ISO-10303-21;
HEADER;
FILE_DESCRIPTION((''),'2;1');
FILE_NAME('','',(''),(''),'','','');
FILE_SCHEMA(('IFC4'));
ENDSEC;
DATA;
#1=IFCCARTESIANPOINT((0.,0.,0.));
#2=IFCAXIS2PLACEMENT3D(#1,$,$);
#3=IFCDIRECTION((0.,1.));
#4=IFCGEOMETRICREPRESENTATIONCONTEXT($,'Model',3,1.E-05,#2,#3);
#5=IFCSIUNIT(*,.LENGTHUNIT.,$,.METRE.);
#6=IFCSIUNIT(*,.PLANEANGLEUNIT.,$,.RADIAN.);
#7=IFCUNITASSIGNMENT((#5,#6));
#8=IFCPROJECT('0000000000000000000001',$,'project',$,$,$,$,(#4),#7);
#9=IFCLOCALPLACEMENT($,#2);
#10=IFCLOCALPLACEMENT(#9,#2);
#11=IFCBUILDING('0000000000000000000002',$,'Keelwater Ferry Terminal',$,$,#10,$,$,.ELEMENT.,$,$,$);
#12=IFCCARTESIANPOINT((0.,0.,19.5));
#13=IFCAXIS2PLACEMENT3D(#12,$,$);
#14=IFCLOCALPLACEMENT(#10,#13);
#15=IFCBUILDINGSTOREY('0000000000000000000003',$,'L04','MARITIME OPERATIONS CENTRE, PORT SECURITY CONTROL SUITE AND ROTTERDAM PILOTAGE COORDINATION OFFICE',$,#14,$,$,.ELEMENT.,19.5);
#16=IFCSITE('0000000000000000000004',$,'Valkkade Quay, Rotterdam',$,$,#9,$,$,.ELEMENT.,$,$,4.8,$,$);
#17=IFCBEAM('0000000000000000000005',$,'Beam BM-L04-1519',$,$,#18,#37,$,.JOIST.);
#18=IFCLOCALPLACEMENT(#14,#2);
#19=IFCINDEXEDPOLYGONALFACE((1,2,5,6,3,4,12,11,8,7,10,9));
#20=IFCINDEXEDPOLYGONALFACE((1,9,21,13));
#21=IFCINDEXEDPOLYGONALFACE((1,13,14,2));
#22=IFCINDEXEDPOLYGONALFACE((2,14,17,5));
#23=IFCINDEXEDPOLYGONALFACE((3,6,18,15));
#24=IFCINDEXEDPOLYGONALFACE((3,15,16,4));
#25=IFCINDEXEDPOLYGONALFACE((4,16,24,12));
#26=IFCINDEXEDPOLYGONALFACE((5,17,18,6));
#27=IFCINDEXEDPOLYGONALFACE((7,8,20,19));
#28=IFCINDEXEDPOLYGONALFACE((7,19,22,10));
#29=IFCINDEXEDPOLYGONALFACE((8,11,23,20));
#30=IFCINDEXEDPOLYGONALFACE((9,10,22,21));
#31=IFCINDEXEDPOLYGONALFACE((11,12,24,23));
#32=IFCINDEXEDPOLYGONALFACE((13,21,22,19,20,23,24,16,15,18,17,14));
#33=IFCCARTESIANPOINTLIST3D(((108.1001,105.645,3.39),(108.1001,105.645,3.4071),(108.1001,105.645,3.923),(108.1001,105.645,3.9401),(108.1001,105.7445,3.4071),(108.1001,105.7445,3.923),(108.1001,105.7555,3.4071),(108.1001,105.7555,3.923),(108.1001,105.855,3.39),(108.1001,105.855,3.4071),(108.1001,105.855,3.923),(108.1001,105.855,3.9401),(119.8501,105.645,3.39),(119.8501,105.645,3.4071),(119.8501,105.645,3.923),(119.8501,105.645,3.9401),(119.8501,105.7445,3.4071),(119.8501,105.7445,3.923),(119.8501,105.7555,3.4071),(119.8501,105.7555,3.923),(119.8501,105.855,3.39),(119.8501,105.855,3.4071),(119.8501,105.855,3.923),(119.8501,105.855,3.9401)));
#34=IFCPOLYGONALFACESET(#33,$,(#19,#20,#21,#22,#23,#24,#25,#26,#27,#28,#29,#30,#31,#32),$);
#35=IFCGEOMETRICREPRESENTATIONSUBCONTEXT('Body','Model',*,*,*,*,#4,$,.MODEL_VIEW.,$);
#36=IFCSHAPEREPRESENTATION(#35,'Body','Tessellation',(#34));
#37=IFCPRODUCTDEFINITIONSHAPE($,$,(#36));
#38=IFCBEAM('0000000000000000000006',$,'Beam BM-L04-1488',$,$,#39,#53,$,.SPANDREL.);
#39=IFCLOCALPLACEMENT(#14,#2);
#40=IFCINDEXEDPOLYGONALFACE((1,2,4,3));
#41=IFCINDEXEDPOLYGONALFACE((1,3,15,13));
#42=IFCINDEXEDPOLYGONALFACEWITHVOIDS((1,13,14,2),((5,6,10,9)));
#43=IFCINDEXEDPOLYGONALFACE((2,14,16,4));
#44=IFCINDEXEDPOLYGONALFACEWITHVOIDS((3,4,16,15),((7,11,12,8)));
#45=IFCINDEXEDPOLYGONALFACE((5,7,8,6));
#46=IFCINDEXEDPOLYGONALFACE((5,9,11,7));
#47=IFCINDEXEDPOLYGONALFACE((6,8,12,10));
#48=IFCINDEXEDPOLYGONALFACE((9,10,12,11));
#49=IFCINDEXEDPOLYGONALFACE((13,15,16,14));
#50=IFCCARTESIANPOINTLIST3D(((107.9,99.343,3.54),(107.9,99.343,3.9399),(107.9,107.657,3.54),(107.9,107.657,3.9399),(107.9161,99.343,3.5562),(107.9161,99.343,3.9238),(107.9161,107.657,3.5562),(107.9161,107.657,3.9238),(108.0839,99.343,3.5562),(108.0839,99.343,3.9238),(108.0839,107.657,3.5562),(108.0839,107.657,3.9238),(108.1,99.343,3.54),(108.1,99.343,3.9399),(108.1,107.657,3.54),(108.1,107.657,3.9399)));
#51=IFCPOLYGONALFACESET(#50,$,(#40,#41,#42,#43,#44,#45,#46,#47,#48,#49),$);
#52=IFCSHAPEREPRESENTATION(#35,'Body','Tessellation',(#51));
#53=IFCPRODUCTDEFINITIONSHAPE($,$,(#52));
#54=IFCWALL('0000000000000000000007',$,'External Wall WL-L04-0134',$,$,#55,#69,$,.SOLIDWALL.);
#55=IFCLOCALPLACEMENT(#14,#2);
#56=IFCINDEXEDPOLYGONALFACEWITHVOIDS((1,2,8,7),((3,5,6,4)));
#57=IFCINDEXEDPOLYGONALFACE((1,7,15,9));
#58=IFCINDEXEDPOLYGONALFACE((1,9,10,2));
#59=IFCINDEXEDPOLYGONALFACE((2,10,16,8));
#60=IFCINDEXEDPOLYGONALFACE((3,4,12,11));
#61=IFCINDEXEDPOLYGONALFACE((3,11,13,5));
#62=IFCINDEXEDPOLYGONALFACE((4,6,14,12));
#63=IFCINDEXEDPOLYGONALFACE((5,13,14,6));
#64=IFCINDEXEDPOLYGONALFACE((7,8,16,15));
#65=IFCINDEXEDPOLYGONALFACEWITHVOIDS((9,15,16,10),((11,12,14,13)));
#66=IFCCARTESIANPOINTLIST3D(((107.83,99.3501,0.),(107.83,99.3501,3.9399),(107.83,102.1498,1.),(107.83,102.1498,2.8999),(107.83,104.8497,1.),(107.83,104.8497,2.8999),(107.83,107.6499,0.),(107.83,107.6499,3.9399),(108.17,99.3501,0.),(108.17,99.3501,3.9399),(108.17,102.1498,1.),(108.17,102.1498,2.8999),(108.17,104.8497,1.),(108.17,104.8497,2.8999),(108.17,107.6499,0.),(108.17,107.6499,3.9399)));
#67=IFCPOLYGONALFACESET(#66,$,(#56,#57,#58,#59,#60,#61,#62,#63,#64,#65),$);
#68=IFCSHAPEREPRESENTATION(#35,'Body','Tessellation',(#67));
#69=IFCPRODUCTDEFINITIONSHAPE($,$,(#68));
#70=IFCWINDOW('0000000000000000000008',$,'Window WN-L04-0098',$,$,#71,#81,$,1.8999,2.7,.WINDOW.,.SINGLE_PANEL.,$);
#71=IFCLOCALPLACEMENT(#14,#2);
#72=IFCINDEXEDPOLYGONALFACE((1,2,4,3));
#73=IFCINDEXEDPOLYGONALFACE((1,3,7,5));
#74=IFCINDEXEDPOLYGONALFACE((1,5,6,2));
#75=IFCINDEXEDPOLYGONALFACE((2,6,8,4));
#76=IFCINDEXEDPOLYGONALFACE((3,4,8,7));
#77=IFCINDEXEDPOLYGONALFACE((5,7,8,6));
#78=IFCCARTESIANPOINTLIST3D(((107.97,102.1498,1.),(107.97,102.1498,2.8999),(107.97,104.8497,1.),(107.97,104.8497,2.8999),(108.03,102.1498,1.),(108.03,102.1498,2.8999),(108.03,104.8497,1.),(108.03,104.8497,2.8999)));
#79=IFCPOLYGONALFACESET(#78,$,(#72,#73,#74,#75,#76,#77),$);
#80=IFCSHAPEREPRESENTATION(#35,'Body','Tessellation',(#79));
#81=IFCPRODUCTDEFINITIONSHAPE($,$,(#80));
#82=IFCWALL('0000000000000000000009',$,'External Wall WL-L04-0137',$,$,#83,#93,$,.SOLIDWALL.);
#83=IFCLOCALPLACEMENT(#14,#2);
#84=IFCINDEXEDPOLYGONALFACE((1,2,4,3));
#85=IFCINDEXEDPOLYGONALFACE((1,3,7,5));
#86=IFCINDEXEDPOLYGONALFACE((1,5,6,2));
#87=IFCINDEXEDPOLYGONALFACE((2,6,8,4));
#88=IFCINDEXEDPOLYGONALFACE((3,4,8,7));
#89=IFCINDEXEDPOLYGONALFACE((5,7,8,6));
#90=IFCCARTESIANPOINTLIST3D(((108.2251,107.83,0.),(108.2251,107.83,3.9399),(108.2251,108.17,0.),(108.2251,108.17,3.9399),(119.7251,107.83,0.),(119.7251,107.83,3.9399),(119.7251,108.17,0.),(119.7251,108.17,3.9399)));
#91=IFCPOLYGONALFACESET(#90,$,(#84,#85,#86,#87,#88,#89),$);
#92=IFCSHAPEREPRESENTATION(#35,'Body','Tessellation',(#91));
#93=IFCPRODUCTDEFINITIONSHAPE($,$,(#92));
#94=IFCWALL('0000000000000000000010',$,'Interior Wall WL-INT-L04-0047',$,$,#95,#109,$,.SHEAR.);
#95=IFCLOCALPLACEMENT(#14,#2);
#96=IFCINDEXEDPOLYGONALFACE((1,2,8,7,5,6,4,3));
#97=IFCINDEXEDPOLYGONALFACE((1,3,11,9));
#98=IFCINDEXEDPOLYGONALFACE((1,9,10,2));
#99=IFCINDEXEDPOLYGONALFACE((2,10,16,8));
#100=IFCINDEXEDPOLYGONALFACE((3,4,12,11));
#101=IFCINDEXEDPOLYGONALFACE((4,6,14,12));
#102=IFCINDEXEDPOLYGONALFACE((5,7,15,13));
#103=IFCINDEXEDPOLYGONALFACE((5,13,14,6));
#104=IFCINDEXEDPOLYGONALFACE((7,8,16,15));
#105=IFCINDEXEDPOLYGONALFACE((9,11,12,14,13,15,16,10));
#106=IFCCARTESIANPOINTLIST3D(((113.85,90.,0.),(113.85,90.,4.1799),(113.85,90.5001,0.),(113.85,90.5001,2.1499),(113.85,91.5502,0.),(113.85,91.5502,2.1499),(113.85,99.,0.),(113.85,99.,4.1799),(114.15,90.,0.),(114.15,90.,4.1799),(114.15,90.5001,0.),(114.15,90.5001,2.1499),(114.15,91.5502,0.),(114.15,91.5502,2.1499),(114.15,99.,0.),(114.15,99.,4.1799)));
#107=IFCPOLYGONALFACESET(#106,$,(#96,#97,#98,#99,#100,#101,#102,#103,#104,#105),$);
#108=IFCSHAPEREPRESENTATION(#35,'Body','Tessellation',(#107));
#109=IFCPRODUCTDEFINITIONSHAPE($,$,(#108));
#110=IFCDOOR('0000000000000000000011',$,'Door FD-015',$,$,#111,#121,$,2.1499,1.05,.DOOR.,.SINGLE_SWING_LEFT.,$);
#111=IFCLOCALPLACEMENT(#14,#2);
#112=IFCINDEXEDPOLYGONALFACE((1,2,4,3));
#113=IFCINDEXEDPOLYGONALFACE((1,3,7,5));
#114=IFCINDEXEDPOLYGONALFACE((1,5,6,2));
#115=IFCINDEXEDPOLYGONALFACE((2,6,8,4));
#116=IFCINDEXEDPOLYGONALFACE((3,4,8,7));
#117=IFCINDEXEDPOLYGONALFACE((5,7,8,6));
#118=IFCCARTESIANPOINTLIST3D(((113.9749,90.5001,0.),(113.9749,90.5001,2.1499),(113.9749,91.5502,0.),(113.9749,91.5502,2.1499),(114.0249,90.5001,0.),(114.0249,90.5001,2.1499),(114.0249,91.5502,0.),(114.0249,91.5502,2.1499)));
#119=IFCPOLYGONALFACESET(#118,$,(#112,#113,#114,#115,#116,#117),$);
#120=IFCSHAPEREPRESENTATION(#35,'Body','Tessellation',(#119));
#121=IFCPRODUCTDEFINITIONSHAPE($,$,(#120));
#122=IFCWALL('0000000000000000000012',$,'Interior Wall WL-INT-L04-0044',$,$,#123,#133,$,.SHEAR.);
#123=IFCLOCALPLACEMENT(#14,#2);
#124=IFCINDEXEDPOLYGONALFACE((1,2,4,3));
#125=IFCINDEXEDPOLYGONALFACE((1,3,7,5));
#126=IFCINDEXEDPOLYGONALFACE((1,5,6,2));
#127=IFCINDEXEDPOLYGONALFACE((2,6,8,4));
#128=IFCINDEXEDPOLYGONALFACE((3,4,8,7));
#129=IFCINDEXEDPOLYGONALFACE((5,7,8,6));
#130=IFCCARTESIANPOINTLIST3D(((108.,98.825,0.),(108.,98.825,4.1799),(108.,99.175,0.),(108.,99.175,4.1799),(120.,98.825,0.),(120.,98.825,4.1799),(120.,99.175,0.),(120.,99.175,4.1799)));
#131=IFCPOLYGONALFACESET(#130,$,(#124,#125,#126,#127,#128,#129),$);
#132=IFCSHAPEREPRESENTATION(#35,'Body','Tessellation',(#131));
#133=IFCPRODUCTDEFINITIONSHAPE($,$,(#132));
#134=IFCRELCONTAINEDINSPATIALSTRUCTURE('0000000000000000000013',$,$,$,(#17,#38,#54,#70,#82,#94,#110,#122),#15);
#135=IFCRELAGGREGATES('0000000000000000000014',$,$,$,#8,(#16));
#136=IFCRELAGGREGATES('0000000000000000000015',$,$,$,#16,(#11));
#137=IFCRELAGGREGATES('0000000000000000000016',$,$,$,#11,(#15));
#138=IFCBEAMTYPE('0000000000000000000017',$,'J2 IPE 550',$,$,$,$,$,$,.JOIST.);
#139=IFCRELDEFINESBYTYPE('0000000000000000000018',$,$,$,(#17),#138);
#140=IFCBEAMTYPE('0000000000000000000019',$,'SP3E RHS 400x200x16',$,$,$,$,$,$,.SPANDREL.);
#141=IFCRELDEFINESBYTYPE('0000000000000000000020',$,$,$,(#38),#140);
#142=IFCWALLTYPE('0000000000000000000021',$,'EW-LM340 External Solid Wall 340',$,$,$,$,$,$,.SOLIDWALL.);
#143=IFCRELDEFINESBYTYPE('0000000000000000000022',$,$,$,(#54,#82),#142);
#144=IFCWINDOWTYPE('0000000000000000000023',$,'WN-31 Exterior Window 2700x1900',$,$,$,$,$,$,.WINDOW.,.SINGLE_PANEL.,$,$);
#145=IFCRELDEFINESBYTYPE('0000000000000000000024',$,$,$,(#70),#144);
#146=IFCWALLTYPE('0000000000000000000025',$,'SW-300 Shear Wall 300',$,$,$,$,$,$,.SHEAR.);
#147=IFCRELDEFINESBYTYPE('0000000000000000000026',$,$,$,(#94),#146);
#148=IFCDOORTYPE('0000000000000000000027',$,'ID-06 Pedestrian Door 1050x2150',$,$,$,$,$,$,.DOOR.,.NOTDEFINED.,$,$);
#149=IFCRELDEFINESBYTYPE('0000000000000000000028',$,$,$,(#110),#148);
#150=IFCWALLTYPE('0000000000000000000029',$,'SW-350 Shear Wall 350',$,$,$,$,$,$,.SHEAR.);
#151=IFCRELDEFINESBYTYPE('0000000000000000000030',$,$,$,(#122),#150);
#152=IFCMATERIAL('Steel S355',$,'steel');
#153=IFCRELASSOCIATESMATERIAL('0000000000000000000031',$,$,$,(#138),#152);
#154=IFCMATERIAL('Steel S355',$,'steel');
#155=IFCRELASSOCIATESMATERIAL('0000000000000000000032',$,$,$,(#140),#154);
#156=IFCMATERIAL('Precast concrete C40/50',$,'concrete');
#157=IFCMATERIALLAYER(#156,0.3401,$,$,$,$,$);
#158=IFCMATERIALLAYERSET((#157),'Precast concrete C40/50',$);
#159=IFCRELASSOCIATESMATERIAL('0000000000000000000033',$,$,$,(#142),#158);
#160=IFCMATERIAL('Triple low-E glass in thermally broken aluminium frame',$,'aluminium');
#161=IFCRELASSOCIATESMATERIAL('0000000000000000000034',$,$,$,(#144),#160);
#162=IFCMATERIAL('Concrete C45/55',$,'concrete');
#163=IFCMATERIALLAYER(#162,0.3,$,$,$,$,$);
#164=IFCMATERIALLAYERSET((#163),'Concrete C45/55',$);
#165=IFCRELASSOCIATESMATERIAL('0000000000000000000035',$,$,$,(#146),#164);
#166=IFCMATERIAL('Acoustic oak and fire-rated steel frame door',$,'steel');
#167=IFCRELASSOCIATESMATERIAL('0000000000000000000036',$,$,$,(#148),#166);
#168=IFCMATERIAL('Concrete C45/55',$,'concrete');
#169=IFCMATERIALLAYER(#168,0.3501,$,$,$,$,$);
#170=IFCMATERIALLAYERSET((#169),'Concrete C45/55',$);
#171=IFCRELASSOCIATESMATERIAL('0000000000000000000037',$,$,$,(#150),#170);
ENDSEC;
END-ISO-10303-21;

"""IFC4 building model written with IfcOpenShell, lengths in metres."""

from ifc_helpers import new_model, si_unit, direction, frame, frame_2d, origin, origin_2d, place, context, subcontext, project, spatial, rectangle, hollow_rectangle, i_section, extrude, material, layer, layer_set, material_profile, profile_set, type_object, element, fill, save


model = new_model("IFC4")

# Units and contexts
model_context = context("Model", 3, precision=1e-05, world=origin(), true_north=direction((0.0, 1.0)))
body_context = subcontext(model_context, "Body", "Model", "MODEL_VIEW")
ifc_project = project(units=[si_unit("LENGTHUNIT", "METRE"), si_unit("PLANEANGLEUNIT", "RADIAN")], contexts=[model_context])

# Site, building, storey
site_placement = place(None, origin())
site = spatial("IfcSite", under=ifc_project, at=site_placement, Name="Valkkade Quay, Rotterdam", CompositionType="ELEMENT", RefElevation=4.8)
building_placement = place(site_placement, origin())
building = spatial("IfcBuilding", under=site, at=building_placement, Name="Keelwater Ferry Terminal", CompositionType="ELEMENT")
storey_placement = place(building_placement, frame((0.0, 0.0, 19.5)))
storey = spatial("IfcBuildingStorey", under=building, at=storey_placement, Name="L04", Description="MARITIME OPERATIONS CENTRE, PORT SECURITY CONTROL SUITE AND ROTTERDAM PILOTAGE COORDINATION OFFICE", CompositionType="ELEMENT", Elevation=19.5)

# Beams
ifc_material_1 = material(Name="Steel S355", Category="steel")
ifc_material_profile_1 = material_profile(ifc_material_1, i_section(OverallWidth=0.21, OverallDepth=0.55, WebThickness=0.011, FlangeThickness=0.0171, at=origin_2d()), Name="IPE 550")
ifc_profile_set_1 = profile_set([ifc_material_profile_1], Name="Steel S355")
beam_type_1 = type_object("IfcBeamType", Name="J2 IPE 550", PredefinedType="JOIST", material=ifc_profile_set_1)
for number, where, z_axis, x_axis, name in (
    (1, (108.1001, 105.75, 3.665), (1.0, 0.0, 0.0), (0.0, 1.0, 0.0), "Beam BM-L04-1519"),
):
    element("IfcBeam", number, at=place(storey_placement, frame(where, z_axis=z_axis, x_axis=x_axis)), inside=storey, type_object=beam_type_1, Name=name, PredefinedType="JOIST", context=body_context, shape_type="SweptSolid", body=[
        extrude(i_section(OverallWidth=0.21, OverallDepth=0.55, WebThickness=0.011, FlangeThickness=0.0171, at=origin_2d()), origin(), (0.0, 0.0, 1.0), 11.75),
    ])
ifc_material_2 = material(Name="Steel S355", Category="steel")
ifc_material_profile_2 = material_profile(ifc_material_2, hollow_rectangle(XDim=0.2, YDim=0.3999, WallThickness=0.0161, at=origin_2d()), Name="RHS 400x200x16")
ifc_profile_set_2 = profile_set([ifc_material_profile_2], Name="Steel S355")
beam_type_2 = type_object("IfcBeamType", Name="SP3E RHS 400x200x16", PredefinedType="SPANDREL", material=ifc_profile_set_2)
beam_1_placement = place(storey_placement, frame((108.0, 99.343, 3.74), z_axis=(0.0, 1.0, 0.0), x_axis=(-1.0, 0.0, 0.0)))
element("IfcBeam", 2, at=beam_1_placement, inside=storey, type_object=beam_type_2, Name="Beam BM-L04-1488", PredefinedType="SPANDREL", context=body_context, shape_type="SweptSolid", body=[
    extrude(hollow_rectangle(XDim=0.2, YDim=0.3999, WallThickness=0.0161, at=origin_2d()), origin(), (0.0, 0.0, 1.0), 8.314),
])

# Wall, opening, window
ifc_material_3 = material(Name="Precast concrete C40/50", Category="concrete")
ifc_layer_1 = layer(ifc_material_3, 0.3401)
ifc_layer_set_1 = layer_set([ifc_layer_1], Name="Precast concrete C40/50")
wall_type_1 = type_object("IfcWallType", Name="EW-LM340 External Solid Wall 340", PredefinedType="SOLIDWALL", material=ifc_layer_set_1)
wall_1_placement = place(storey_placement, frame((108.0, 107.6499, 0.0), z_axis=(0.0, 0.0, 1.0), x_axis=(0.0, -1.0, 0.0)))
wall_1 = element("IfcWall", 3, at=wall_1_placement, inside=storey, type_object=wall_type_1, Name="External Wall WL-L04-0134", PredefinedType="SOLIDWALL", context=body_context, shape_type="SweptSolid", body=[
    extrude(rectangle(XDim=8.2998, YDim=0.3401, at=frame_2d((4.1499, 0.0))), origin(), (0.0, 0.0, 1.0), 3.9399),
])
opening_1_placement = place(wall_1_placement, frame((2.8, 0.0, 1.0)))
opening_1 = element("IfcOpeningElement", 4, at=opening_1_placement, cuts=wall_1, PredefinedType="OPENING", context=body_context, shape_type="SweptSolid", body=[
    extrude(rectangle(XDim=2.7, YDim=1.8999, at=frame_2d((1.3501, 0.95))), frame((0.0, 0.1799, 0.0), z_axis=(0.0, -1.0, 0.0), x_axis=(1.0, 0.0, 0.0)), (0.0, 0.0, 1.0), 0.3601),
])
ifc_material_4 = material(Name="Triple low-E glass in thermally broken aluminium frame", Category="aluminium")
window_type = type_object("IfcWindowType", Name="WN-31 Exterior Window 2700x1900", PartitioningType="SINGLE_PANEL", PredefinedType="WINDOW", material=ifc_material_4)
window_placement = place(opening_1_placement, origin())
window = element("IfcWindow", 5, at=window_placement, inside=storey, type_object=window_type, Name="Window WN-L04-0098", OverallHeight=1.8999, OverallWidth=2.7, PartitioningType="SINGLE_PANEL", PredefinedType="WINDOW", context=body_context, shape_type="SweptSolid", body=[
    extrude(rectangle(XDim=2.7, YDim=1.8999, at=frame_2d((1.3501, 0.95))), frame((0.0, 0.03, 0.0), z_axis=(0.0, -1.0, 0.0), x_axis=(1.0, 0.0, 0.0)), (0.0, 0.0, 1.0), 0.0601),
])
fill(opening_1, window)

# Wall
wall_2_placement = place(storey_placement, frame((108.2251, 108.0, 0.0), z_axis=(0.0, 0.0, 1.0), x_axis=(1.0, 0.0, 0.0)))
element("IfcWall", 6, at=wall_2_placement, inside=storey, type_object=wall_type_1, Name="External Wall WL-L04-0137", PredefinedType="SOLIDWALL", context=body_context, shape_type="SweptSolid", body=[
    extrude(rectangle(XDim=11.5, YDim=0.3401, at=frame_2d((5.75, 0.0))), origin(), (0.0, 0.0, 1.0), 3.9399),
])

# Wall, opening, door
ifc_material_5 = material(Name="Concrete C45/55", Category="concrete")
ifc_layer_2 = layer(ifc_material_5, 0.3)
ifc_layer_set_2 = layer_set([ifc_layer_2], Name="Concrete C45/55")
wall_type_2 = type_object("IfcWallType", Name="SW-300 Shear Wall 300", PredefinedType="SHEAR", material=ifc_layer_set_2)
wall_3_placement = place(storey_placement, frame((114.0, 99.0, 0.0), z_axis=(0.0, 0.0, 1.0), x_axis=(0.0, -1.0, 0.0)))
wall_3 = element("IfcWall", 7, at=wall_3_placement, inside=storey, type_object=wall_type_2, Name="Interior Wall WL-INT-L04-0047", PredefinedType="SHEAR", context=body_context, shape_type="SweptSolid", body=[
    extrude(rectangle(XDim=9.0, YDim=0.3, at=frame_2d((4.5, 0.0))), origin(), (0.0, 0.0, 1.0), 4.1799),
])
opening_2_placement = place(wall_3_placement, frame((7.45, 0.0, 0.0)))
opening_2 = element("IfcOpeningElement", 8, at=opening_2_placement, cuts=wall_3, PredefinedType="OPENING", context=body_context, shape_type="SweptSolid", body=[
    extrude(rectangle(XDim=1.05, YDim=2.1499, at=frame_2d((0.5249, 1.075))), frame((0.0, 0.1599, 0.0), z_axis=(0.0, -1.0, 0.0), x_axis=(1.0, 0.0, 0.0)), (0.0, 0.0, 1.0), 0.3201),
])
ifc_material_6 = material(Name="Acoustic oak and fire-rated steel frame door", Category="steel")
door_type = type_object("IfcDoorType", Name="ID-06 Pedestrian Door 1050x2150", OperationType="NOTDEFINED", PredefinedType="DOOR", material=ifc_material_6)
door_placement = place(opening_2_placement, origin())
door = element("IfcDoor", 9, at=door_placement, inside=storey, type_object=door_type, Name="Door FD-015", OperationType="SINGLE_SWING_LEFT", OverallHeight=2.1499, OverallWidth=1.05, PredefinedType="DOOR", context=body_context, shape_type="SweptSolid", body=[
    extrude(rectangle(XDim=1.05, YDim=2.1499, at=frame_2d((0.5249, 1.075))), frame((0.0, 0.0249, 0.0), z_axis=(0.0, -1.0, 0.0), x_axis=(1.0, 0.0, 0.0)), (0.0, 0.0, 1.0), 0.05),
])
fill(opening_2, door)

# Wall
ifc_material_7 = material(Name="Concrete C45/55", Category="concrete")
ifc_layer_3 = layer(ifc_material_7, 0.3501)
ifc_layer_set_3 = layer_set([ifc_layer_3], Name="Concrete C45/55")
wall_type_3 = type_object("IfcWallType", Name="SW-350 Shear Wall 350", PredefinedType="SHEAR", material=ifc_layer_set_3)
wall_4_placement = place(storey_placement, frame((108.0, 99.0, 0.0), z_axis=(0.0, 0.0, 1.0), x_axis=(1.0, 0.0, 0.0)))
element("IfcWall", 10, at=wall_4_placement, inside=storey, type_object=wall_type_3, Name="Interior Wall WL-INT-L04-0044", PredefinedType="SHEAR", context=body_context, shape_type="SweptSolid", body=[
    extrude(rectangle(XDim=12.0, YDim=0.3501, at=frame_2d((6.0, 0.0))), origin(), (0.0, 0.0, 1.0), 4.1799),
])

save(model, "model.ifc")
